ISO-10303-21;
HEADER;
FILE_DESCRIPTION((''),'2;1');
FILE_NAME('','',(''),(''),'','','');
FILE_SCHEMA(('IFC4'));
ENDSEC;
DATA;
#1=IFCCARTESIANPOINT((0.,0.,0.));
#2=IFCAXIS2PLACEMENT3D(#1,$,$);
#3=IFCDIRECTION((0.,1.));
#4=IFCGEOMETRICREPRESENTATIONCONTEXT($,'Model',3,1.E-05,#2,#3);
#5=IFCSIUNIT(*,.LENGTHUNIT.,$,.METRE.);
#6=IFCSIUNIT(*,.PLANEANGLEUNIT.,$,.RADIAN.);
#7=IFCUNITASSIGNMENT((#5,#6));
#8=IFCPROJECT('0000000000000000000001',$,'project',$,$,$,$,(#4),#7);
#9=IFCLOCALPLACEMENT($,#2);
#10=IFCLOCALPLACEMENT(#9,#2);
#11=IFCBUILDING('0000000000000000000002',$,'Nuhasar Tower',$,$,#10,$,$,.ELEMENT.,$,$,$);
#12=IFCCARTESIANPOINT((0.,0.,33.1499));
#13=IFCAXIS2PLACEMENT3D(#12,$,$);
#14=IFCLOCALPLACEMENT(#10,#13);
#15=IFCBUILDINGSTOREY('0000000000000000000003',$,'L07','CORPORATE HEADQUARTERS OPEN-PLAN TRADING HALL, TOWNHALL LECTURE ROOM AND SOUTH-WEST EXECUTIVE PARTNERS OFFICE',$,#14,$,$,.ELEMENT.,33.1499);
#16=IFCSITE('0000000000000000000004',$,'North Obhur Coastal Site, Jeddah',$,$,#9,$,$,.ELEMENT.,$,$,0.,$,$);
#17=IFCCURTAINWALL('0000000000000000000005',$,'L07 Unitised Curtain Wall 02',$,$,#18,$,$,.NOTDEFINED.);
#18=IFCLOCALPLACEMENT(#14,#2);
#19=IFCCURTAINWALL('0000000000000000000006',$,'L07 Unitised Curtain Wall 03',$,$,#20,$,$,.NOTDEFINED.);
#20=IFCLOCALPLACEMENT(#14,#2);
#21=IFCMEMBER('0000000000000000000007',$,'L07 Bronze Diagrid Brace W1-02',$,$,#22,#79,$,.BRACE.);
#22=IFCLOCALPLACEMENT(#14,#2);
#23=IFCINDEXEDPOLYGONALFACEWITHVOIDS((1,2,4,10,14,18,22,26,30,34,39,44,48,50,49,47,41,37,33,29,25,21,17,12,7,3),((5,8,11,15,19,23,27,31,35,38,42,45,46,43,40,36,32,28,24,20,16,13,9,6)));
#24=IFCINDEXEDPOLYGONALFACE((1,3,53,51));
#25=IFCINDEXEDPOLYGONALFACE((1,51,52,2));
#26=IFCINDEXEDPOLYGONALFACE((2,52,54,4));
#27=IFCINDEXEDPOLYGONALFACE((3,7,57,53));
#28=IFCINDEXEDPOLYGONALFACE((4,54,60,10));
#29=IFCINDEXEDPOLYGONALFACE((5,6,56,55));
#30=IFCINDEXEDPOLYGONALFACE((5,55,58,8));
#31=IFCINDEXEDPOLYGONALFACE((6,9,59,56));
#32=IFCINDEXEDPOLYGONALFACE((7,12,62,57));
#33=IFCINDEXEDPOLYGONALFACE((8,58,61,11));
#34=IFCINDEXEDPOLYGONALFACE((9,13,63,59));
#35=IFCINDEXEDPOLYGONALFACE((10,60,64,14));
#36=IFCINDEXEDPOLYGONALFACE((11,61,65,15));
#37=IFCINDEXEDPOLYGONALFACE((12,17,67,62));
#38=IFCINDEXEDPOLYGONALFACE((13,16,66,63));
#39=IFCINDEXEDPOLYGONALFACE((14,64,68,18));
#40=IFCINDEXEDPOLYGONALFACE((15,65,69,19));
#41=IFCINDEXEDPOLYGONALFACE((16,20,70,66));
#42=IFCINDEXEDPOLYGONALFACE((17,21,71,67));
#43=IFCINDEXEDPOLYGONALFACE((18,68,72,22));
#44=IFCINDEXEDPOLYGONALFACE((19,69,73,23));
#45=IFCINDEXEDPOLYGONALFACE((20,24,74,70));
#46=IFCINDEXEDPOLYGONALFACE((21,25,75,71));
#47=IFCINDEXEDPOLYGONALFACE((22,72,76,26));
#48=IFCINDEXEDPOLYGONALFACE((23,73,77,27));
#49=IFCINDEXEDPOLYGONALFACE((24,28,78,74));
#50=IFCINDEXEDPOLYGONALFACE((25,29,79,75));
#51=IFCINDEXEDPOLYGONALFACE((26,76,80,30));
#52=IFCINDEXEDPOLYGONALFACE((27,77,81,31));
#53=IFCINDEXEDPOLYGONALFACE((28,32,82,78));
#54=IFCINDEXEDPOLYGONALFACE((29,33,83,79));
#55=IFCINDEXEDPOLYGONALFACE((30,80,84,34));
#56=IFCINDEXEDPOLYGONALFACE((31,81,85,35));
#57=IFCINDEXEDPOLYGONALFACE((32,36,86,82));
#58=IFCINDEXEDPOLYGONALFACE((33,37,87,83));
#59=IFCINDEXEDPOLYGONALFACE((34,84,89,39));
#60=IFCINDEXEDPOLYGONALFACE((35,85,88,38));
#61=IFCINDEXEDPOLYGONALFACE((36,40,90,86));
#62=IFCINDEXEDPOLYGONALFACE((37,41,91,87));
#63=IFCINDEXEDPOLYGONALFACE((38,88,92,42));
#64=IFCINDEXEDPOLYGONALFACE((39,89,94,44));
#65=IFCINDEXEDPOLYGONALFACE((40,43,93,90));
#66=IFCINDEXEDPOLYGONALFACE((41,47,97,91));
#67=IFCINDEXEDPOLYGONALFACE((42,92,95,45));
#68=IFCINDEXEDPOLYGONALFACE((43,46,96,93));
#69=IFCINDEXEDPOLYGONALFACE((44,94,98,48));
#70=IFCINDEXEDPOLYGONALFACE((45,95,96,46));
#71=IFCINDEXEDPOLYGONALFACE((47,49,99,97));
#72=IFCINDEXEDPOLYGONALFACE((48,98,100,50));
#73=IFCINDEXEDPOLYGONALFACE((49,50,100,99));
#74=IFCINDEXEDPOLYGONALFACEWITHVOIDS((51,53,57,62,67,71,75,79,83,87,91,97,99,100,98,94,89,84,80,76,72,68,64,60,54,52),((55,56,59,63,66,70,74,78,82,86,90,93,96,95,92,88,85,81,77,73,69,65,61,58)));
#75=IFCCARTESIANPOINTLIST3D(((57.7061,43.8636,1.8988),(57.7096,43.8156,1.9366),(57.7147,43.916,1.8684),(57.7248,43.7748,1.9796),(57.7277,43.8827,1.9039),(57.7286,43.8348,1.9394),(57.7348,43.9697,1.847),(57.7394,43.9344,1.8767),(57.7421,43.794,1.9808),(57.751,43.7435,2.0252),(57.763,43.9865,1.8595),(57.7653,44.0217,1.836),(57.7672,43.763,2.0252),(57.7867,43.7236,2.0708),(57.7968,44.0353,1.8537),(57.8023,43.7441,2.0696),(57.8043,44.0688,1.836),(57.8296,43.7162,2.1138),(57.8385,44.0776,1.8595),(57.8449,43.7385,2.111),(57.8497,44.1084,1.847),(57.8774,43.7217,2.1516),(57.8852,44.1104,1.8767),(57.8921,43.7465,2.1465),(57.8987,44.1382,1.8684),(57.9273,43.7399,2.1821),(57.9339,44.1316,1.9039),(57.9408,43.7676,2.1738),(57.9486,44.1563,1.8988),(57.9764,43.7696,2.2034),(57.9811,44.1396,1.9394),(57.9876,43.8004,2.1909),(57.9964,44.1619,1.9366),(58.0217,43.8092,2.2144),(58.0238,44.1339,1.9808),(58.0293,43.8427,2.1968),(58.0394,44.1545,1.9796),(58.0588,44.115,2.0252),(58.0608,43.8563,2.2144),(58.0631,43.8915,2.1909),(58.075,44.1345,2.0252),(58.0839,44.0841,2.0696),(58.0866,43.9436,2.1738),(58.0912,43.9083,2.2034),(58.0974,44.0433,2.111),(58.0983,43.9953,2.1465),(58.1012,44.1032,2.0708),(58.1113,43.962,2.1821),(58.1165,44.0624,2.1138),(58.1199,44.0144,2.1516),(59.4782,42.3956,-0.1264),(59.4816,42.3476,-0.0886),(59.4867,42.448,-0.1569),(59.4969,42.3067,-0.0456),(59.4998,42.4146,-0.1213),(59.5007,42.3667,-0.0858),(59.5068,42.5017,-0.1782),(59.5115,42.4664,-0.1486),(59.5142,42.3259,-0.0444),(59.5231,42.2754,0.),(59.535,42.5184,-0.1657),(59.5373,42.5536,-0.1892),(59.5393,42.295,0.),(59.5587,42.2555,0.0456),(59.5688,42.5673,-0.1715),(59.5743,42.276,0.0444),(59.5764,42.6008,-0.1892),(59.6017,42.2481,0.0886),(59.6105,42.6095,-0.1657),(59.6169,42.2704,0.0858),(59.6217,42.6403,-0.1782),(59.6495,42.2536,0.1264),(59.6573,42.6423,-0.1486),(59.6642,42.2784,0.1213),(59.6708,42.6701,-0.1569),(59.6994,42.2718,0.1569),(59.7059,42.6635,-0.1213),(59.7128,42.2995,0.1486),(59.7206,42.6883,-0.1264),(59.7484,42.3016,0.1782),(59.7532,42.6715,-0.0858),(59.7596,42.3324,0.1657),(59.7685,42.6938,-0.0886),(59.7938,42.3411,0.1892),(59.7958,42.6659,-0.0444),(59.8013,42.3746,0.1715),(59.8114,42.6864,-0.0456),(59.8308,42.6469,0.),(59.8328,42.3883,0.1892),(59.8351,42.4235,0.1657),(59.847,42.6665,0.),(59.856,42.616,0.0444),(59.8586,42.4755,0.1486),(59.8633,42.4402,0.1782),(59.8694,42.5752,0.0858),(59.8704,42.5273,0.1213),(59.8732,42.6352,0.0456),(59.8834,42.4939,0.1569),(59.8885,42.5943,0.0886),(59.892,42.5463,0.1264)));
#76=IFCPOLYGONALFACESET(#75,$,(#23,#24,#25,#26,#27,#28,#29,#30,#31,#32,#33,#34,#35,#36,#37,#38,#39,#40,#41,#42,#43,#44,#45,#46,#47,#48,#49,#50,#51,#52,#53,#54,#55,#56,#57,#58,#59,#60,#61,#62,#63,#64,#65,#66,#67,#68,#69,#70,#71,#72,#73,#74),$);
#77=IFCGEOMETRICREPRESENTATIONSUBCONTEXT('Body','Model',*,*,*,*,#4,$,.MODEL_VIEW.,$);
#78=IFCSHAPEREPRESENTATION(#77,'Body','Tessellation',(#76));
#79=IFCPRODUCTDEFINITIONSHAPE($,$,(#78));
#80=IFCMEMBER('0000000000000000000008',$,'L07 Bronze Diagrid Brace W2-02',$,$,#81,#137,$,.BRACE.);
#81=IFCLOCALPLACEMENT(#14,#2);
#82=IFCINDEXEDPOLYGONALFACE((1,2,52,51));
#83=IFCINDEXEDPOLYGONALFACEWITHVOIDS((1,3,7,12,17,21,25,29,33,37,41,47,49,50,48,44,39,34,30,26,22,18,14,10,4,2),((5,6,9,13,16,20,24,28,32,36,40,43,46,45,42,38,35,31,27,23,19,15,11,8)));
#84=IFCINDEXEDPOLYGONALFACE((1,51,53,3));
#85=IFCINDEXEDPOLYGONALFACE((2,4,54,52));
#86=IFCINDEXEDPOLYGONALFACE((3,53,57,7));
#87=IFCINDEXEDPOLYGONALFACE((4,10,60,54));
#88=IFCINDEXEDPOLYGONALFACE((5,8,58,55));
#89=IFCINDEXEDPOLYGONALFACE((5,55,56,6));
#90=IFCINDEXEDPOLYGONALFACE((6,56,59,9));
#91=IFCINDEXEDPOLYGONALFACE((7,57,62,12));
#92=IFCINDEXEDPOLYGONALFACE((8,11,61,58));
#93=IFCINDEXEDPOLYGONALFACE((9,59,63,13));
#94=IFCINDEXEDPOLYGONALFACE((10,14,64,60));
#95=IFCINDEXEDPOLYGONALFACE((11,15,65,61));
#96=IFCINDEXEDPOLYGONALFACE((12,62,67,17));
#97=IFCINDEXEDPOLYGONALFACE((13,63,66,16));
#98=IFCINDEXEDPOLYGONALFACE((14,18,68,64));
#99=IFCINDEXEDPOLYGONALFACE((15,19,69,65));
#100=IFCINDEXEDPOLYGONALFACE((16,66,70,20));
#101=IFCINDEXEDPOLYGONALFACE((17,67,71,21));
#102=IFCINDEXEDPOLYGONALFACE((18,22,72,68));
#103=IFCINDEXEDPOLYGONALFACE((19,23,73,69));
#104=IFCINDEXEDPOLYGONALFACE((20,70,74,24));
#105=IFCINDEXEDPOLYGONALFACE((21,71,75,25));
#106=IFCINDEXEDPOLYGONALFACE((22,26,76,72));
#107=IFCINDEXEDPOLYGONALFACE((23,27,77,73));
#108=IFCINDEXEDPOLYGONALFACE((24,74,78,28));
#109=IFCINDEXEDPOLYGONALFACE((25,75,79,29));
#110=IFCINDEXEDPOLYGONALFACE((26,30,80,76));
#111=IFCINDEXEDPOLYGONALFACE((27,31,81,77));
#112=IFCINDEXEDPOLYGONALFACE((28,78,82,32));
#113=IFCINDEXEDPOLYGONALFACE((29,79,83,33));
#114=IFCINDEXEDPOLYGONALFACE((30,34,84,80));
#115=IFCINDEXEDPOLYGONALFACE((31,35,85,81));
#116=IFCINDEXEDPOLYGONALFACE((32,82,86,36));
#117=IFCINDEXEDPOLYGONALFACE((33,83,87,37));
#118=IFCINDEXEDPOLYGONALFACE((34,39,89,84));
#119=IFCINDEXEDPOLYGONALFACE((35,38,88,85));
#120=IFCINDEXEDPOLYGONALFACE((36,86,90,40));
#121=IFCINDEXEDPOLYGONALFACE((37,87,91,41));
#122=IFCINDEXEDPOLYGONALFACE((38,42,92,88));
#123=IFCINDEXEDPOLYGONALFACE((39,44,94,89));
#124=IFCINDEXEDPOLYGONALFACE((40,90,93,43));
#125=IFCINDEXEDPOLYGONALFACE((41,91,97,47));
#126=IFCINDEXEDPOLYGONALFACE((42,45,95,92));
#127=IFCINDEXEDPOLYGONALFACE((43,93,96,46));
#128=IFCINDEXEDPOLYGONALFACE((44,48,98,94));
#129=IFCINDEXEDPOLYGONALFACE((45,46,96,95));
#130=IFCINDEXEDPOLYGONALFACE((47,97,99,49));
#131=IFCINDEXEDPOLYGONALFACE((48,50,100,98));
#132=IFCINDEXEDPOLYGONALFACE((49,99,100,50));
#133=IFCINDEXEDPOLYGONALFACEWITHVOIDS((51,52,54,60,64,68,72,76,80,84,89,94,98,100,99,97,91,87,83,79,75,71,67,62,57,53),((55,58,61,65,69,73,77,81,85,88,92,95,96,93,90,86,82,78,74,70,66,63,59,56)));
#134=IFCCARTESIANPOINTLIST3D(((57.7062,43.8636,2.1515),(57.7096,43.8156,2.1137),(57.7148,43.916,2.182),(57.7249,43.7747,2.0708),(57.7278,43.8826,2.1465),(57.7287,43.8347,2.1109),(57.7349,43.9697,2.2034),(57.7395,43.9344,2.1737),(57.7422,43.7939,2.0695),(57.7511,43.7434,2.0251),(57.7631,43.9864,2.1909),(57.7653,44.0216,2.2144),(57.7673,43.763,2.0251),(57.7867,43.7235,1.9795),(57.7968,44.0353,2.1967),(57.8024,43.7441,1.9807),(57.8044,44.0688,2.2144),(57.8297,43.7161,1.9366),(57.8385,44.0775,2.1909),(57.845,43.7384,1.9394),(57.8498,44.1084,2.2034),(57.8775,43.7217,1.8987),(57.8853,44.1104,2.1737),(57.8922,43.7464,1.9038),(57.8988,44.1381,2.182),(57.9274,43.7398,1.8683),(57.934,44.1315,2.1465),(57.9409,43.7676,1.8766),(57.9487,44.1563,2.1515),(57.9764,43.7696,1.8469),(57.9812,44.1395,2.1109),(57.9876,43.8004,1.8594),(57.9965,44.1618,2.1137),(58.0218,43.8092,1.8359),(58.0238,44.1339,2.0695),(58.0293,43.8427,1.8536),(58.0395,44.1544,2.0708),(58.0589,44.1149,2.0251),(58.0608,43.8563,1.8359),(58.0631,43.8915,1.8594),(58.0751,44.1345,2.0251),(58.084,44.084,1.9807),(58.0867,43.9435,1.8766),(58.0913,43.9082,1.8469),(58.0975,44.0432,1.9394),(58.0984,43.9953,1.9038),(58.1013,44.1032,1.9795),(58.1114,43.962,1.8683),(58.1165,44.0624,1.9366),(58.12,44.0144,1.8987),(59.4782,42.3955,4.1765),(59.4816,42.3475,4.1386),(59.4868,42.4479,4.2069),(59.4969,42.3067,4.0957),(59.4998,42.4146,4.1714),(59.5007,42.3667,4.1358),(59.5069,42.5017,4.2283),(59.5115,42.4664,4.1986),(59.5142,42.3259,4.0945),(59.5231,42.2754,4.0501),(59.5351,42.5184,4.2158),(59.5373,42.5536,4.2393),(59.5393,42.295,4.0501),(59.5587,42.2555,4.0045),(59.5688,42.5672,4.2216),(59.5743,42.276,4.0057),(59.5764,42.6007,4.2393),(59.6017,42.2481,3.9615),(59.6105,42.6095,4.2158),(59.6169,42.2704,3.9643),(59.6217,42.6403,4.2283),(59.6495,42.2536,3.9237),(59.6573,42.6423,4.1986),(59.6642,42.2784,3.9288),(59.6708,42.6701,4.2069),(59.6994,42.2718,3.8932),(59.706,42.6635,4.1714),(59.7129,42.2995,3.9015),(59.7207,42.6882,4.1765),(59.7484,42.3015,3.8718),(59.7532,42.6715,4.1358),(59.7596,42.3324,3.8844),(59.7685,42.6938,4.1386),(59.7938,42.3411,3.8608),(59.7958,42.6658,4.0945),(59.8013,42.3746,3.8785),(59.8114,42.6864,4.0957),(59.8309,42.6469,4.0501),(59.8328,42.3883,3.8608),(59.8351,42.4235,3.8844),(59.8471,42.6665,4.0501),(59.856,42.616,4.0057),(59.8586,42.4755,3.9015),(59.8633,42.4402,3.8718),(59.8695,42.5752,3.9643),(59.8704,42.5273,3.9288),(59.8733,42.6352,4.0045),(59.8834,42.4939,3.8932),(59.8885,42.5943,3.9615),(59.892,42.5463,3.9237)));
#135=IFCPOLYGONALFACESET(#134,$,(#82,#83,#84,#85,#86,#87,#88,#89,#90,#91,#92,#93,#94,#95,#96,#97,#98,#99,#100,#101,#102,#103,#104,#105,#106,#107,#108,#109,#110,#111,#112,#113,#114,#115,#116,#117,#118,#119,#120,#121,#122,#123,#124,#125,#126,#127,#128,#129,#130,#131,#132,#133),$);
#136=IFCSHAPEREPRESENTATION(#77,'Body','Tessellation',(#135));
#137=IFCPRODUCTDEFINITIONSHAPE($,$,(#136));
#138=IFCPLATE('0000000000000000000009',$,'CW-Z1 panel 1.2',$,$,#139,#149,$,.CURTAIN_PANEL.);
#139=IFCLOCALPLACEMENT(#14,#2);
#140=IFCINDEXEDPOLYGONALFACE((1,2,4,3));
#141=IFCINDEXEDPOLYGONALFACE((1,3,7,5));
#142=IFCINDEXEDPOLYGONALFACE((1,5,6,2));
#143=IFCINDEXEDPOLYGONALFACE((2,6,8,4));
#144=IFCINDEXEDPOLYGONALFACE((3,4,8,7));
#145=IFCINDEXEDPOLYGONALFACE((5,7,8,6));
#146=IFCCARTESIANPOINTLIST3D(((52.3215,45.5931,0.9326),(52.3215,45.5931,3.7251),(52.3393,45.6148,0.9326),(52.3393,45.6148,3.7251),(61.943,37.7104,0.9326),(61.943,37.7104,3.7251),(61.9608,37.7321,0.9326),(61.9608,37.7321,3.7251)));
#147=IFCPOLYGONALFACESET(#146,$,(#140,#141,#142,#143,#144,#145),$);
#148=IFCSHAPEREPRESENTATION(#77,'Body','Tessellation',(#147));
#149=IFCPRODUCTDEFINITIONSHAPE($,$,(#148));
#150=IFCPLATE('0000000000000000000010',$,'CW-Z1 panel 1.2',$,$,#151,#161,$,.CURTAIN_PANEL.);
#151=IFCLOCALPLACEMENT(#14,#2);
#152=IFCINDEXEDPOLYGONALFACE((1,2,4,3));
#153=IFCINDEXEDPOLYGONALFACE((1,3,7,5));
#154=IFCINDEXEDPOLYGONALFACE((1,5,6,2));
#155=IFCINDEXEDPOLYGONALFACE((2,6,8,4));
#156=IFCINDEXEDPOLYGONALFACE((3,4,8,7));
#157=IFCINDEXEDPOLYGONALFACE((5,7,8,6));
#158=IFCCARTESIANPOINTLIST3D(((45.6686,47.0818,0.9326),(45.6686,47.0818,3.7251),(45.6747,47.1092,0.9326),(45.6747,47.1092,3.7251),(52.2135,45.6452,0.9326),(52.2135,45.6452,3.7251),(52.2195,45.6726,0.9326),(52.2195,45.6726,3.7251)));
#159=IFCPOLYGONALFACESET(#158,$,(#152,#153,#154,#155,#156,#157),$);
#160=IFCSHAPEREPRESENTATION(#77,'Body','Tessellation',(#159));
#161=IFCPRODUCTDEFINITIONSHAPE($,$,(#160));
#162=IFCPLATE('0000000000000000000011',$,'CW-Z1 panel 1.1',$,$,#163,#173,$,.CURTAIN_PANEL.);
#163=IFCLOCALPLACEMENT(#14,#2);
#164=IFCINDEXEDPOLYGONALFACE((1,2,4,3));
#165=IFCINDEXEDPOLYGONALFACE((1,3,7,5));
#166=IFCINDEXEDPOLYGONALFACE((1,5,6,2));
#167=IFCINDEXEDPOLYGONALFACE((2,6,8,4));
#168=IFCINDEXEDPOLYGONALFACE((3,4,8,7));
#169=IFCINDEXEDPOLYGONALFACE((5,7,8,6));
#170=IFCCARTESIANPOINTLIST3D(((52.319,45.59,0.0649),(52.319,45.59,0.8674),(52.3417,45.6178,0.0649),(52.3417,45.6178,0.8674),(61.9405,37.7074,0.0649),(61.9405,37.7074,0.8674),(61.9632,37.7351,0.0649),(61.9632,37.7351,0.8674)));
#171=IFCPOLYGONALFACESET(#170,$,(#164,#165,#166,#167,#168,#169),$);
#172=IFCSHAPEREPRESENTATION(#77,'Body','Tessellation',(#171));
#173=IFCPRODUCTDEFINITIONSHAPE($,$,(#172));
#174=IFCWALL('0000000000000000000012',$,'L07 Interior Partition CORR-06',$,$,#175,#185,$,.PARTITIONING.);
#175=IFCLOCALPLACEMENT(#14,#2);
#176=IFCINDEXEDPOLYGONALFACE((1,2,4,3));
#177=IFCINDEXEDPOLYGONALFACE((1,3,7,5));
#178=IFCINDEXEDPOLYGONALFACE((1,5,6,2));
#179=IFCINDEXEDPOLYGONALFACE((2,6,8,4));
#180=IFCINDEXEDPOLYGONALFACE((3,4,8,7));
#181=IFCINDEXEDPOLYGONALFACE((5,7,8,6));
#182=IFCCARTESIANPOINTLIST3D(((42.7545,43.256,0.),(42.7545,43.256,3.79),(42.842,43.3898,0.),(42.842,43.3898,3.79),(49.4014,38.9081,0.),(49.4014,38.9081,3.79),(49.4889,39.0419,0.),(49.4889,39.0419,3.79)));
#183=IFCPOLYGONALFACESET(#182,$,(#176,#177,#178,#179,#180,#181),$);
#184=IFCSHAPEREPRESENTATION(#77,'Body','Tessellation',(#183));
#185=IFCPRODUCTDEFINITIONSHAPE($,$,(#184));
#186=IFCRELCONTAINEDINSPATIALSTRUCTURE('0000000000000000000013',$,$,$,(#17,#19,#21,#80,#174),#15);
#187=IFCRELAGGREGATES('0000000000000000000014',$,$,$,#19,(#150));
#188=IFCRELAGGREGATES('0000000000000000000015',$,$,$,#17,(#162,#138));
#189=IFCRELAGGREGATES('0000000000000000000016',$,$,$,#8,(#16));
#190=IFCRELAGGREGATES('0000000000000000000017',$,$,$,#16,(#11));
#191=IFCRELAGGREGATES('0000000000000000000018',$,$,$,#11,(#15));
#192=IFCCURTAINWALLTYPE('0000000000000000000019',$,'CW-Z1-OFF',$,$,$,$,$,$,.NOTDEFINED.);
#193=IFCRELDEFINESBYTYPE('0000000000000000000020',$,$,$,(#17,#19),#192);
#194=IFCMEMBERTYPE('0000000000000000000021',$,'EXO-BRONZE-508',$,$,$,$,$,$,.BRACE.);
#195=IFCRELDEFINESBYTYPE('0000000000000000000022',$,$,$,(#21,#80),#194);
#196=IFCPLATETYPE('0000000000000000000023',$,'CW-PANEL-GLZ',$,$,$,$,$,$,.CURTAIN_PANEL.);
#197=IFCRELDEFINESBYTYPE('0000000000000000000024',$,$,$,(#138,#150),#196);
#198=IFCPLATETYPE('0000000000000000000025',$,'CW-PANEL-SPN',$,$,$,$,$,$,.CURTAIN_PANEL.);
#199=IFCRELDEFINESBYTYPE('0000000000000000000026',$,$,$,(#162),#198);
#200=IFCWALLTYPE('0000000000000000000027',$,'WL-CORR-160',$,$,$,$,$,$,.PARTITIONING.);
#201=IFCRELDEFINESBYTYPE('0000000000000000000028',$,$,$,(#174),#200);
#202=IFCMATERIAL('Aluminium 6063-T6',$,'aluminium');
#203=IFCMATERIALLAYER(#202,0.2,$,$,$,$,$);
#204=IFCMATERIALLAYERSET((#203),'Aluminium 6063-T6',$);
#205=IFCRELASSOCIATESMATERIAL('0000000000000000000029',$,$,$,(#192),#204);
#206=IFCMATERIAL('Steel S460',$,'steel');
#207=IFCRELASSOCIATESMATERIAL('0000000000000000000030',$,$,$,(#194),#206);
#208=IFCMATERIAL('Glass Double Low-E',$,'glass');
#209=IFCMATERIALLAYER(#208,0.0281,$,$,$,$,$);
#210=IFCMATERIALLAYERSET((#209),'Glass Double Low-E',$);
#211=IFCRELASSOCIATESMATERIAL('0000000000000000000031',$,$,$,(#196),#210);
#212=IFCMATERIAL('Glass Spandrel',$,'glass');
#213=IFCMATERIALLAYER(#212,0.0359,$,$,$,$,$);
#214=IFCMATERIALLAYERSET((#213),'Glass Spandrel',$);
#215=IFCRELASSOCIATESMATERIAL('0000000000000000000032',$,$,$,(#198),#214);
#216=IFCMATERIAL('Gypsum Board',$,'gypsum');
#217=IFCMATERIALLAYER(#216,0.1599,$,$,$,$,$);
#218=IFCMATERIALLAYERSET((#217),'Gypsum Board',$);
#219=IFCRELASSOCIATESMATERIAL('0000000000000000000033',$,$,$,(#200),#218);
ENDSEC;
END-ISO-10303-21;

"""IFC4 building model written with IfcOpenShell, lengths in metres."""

from ifc_helpers import new_model, si_unit, direction, frame, frame_2d, origin, origin_2d, place, context, subcontext, project, spatial, rectangle, hollow_circle, extrude, material, layer, layer_set, material_profile, profile_set, type_object, element, aggregate, save


model = new_model("IFC4")

# Units and contexts
model_context = context("Model", 3, precision=1e-05, world=origin(), true_north=direction((0.0, 1.0)))
body_context = subcontext(model_context, "Body", "Model", "MODEL_VIEW")
ifc_project = project(units=[si_unit("LENGTHUNIT", "METRE"), si_unit("PLANEANGLEUNIT", "RADIAN")], contexts=[model_context])

# Site, building, storey
site_placement = place(None, origin())
site = spatial("IfcSite", under=ifc_project, at=site_placement, Name="North Obhur Coastal Site, Jeddah", CompositionType="ELEMENT", RefElevation=0.0)
building_placement = place(site_placement, origin())
building = spatial("IfcBuilding", under=site, at=building_placement, Name="Nuhasar Tower", CompositionType="ELEMENT")
storey_placement = place(building_placement, frame((0.0, 0.0, 33.1499)))
storey = spatial("IfcBuildingStorey", under=building, at=storey_placement, Name="L07", Description="CORPORATE HEADQUARTERS OPEN-PLAN TRADING HALL, TOWNHALL LECTURE ROOM AND SOUTH-WEST EXECUTIVE PARTNERS OFFICE", CompositionType="ELEMENT", Elevation=33.1499)

# Shared definitions
ifc_material_1 = material(Name="Aluminium 6063-T6", Category="aluminium")
ifc_layer_1 = layer(ifc_material_1, 0.2)
ifc_layer_set_1 = layer_set([ifc_layer_1], Name="Aluminium 6063-T6")
curtain_wall_type = type_object("IfcCurtainWallType", Name="CW-Z1-OFF", PredefinedType="NOTDEFINED", material=ifc_layer_set_1)

# Curtain wall
curtain_wall_1_placement = place(storey_placement, origin())
curtain_wall_1 = element("IfcCurtainWall", 1, at=curtain_wall_1_placement, inside=storey, type_object=curtain_wall_type, Name="L07 Unitised Curtain Wall 02", PredefinedType="NOTDEFINED")

# Curtain wall
curtain_wall_2_placement = place(storey_placement, origin())
curtain_wall_2 = element("IfcCurtainWall", 2, at=curtain_wall_2_placement, inside=storey, type_object=curtain_wall_type, Name="L07 Unitised Curtain Wall 03", PredefinedType="NOTDEFINED")

# Members
ifc_material_2 = material(Name="Steel S460", Category="steel")
ifc_material_profile_1 = material_profile(ifc_material_2, hollow_circle(Radius=0.2539, WallThickness=0.0254, at=origin_2d()), Name="HSS508X25.4")
ifc_profile_set_1 = profile_set([ifc_material_profile_1], Name="Steel S460")
member_type_1 = type_object("IfcMemberType", Name="EXO-BRONZE-508", PredefinedType="BRACE", material=ifc_profile_set_1)
member_1_placement = place(storey_placement, frame((59.6851, 42.4709, 0.0), z_axis=(-0.578071, 0.478912, 0.660664), x_axis=(-0.637969, -0.770062, 0.0)))
element("IfcMember", 3, at=member_1_placement, inside=storey, type_object=member_type_1, Name="L07 Bronze Diagrid Brace W1-02", PredefinedType="BRACE", context=body_context, shape_type="SweptSolid", body=[
    extrude(hollow_circle(Radius=0.2539, WallThickness=0.0254, at=origin_2d()), origin(), (0.0, 0.0, 1.0), 3.0654),
])
member_2_placement = place(storey_placement, frame((57.9131, 43.939, 2.0251), z_axis=(0.578102, -0.478937, 0.660619), x_axis=(0.637969, 0.770062, 0.0)))
element("IfcMember", 4, at=member_2_placement, inside=storey, type_object=member_type_1, Name="L07 Bronze Diagrid Brace W2-02", PredefinedType="BRACE", context=body_context, shape_type="SweptSolid", body=[
    extrude(hollow_circle(Radius=0.2539, WallThickness=0.0254, at=origin_2d()), origin(), (0.0, 0.0, 1.0), 3.0652),
])

# Plates
ifc_material_3 = material(Name="Glass Double Low-E", Category="glass")
ifc_layer_2 = layer(ifc_material_3, 0.0281)
ifc_layer_set_2 = layer_set([ifc_layer_2], Name="Glass Double Low-E")
plate_type_1 = type_object("IfcPlateType", Name="CW-PANEL-GLZ", PredefinedType="CURTAIN_PANEL", material=ifc_layer_set_2)
plate_1_placement = place(storey_placement, frame((57.1411, 41.6626, 0.9326), z_axis=(0.0, 0.0, 1.0), x_axis=(-0.773542, 0.633745, 0.0)))
plate_1 = element("IfcPlate", 5, at=plate_1_placement, type_object=plate_type_1, Name="CW-Z1 panel 1.2", PredefinedType="CURTAIN_PANEL", context=body_context, shape_type="SweptSolid", body=[
    extrude(rectangle(XDim=12.4382, YDim=0.0281, at=origin_2d()), origin(), (0.0, 0.0, 1.0), 2.7925),
])
plate_2_placement = place(storey_placement, frame((48.9441, 46.3772, 0.9326), z_axis=(0.0, 0.0, 1.0), x_axis=(-0.976746, 0.214399, 0.0)))
plate_2 = element("IfcPlate", 6, at=plate_2_placement, type_object=plate_type_1, Name="CW-Z1 panel 1.2", PredefinedType="CURTAIN_PANEL", context=body_context, shape_type="SweptSolid", body=[
    extrude(rectangle(XDim=6.7007, YDim=0.0281, at=origin_2d()), origin(), (0.0, 0.0, 1.0), 2.7925),
])
aggregate(curtain_wall_2, [plate_2])
ifc_material_4 = material(Name="Glass Spandrel", Category="glass")
ifc_layer_3 = layer(ifc_material_4, 0.0359)
ifc_layer_set_3 = layer_set([ifc_layer_3], Name="Glass Spandrel")
plate_type_2 = type_object("IfcPlateType", Name="CW-PANEL-SPN", PredefinedType="CURTAIN_PANEL", material=ifc_layer_set_3)
plate_3_placement = place(storey_placement, frame((57.1411, 41.6626, 0.0649), z_axis=(0.0, 0.0, 1.0), x_axis=(-0.773542, 0.633745, 0.0)))
plate_3 = element("IfcPlate", 7, at=plate_3_placement, type_object=plate_type_2, Name="CW-Z1 panel 1.1", PredefinedType="CURTAIN_PANEL", context=body_context, shape_type="SweptSolid", body=[
    extrude(rectangle(XDim=12.4382, YDim=0.0359, at=origin_2d()), origin(), (0.0, 0.0, 1.0), 0.8025),
])
aggregate(curtain_wall_1, [plate_3, plate_1])

# Wall
ifc_material_5 = material(Name="Gypsum Board", Category="gypsum")
ifc_layer_4 = layer(ifc_material_5, 0.1599)
ifc_layer_set_4 = layer_set([ifc_layer_4], Name="Gypsum Board")
wall_type = type_object("IfcWallType", Name="WL-CORR-160", PredefinedType="PARTITIONING", material=ifc_layer_set_4)
wall_placement = place(storey_placement, frame((49.4451, 38.9751, 0.0), z_axis=(0.0, 0.0, 1.0), x_axis=(-0.836866, 0.547408, 0.0)))
element("IfcWall", 8, at=wall_placement, inside=storey, type_object=wall_type, Name="L07 Interior Partition CORR-06", PredefinedType="PARTITIONING", context=body_context, shape_type="SweptSolid", body=[
    extrude(rectangle(XDim=7.9426, YDim=0.1599, at=frame_2d((3.9712, 0.0))), origin(), (0.0, 0.0, 1.0), 3.79),
])

save(model, "model.ifc")
